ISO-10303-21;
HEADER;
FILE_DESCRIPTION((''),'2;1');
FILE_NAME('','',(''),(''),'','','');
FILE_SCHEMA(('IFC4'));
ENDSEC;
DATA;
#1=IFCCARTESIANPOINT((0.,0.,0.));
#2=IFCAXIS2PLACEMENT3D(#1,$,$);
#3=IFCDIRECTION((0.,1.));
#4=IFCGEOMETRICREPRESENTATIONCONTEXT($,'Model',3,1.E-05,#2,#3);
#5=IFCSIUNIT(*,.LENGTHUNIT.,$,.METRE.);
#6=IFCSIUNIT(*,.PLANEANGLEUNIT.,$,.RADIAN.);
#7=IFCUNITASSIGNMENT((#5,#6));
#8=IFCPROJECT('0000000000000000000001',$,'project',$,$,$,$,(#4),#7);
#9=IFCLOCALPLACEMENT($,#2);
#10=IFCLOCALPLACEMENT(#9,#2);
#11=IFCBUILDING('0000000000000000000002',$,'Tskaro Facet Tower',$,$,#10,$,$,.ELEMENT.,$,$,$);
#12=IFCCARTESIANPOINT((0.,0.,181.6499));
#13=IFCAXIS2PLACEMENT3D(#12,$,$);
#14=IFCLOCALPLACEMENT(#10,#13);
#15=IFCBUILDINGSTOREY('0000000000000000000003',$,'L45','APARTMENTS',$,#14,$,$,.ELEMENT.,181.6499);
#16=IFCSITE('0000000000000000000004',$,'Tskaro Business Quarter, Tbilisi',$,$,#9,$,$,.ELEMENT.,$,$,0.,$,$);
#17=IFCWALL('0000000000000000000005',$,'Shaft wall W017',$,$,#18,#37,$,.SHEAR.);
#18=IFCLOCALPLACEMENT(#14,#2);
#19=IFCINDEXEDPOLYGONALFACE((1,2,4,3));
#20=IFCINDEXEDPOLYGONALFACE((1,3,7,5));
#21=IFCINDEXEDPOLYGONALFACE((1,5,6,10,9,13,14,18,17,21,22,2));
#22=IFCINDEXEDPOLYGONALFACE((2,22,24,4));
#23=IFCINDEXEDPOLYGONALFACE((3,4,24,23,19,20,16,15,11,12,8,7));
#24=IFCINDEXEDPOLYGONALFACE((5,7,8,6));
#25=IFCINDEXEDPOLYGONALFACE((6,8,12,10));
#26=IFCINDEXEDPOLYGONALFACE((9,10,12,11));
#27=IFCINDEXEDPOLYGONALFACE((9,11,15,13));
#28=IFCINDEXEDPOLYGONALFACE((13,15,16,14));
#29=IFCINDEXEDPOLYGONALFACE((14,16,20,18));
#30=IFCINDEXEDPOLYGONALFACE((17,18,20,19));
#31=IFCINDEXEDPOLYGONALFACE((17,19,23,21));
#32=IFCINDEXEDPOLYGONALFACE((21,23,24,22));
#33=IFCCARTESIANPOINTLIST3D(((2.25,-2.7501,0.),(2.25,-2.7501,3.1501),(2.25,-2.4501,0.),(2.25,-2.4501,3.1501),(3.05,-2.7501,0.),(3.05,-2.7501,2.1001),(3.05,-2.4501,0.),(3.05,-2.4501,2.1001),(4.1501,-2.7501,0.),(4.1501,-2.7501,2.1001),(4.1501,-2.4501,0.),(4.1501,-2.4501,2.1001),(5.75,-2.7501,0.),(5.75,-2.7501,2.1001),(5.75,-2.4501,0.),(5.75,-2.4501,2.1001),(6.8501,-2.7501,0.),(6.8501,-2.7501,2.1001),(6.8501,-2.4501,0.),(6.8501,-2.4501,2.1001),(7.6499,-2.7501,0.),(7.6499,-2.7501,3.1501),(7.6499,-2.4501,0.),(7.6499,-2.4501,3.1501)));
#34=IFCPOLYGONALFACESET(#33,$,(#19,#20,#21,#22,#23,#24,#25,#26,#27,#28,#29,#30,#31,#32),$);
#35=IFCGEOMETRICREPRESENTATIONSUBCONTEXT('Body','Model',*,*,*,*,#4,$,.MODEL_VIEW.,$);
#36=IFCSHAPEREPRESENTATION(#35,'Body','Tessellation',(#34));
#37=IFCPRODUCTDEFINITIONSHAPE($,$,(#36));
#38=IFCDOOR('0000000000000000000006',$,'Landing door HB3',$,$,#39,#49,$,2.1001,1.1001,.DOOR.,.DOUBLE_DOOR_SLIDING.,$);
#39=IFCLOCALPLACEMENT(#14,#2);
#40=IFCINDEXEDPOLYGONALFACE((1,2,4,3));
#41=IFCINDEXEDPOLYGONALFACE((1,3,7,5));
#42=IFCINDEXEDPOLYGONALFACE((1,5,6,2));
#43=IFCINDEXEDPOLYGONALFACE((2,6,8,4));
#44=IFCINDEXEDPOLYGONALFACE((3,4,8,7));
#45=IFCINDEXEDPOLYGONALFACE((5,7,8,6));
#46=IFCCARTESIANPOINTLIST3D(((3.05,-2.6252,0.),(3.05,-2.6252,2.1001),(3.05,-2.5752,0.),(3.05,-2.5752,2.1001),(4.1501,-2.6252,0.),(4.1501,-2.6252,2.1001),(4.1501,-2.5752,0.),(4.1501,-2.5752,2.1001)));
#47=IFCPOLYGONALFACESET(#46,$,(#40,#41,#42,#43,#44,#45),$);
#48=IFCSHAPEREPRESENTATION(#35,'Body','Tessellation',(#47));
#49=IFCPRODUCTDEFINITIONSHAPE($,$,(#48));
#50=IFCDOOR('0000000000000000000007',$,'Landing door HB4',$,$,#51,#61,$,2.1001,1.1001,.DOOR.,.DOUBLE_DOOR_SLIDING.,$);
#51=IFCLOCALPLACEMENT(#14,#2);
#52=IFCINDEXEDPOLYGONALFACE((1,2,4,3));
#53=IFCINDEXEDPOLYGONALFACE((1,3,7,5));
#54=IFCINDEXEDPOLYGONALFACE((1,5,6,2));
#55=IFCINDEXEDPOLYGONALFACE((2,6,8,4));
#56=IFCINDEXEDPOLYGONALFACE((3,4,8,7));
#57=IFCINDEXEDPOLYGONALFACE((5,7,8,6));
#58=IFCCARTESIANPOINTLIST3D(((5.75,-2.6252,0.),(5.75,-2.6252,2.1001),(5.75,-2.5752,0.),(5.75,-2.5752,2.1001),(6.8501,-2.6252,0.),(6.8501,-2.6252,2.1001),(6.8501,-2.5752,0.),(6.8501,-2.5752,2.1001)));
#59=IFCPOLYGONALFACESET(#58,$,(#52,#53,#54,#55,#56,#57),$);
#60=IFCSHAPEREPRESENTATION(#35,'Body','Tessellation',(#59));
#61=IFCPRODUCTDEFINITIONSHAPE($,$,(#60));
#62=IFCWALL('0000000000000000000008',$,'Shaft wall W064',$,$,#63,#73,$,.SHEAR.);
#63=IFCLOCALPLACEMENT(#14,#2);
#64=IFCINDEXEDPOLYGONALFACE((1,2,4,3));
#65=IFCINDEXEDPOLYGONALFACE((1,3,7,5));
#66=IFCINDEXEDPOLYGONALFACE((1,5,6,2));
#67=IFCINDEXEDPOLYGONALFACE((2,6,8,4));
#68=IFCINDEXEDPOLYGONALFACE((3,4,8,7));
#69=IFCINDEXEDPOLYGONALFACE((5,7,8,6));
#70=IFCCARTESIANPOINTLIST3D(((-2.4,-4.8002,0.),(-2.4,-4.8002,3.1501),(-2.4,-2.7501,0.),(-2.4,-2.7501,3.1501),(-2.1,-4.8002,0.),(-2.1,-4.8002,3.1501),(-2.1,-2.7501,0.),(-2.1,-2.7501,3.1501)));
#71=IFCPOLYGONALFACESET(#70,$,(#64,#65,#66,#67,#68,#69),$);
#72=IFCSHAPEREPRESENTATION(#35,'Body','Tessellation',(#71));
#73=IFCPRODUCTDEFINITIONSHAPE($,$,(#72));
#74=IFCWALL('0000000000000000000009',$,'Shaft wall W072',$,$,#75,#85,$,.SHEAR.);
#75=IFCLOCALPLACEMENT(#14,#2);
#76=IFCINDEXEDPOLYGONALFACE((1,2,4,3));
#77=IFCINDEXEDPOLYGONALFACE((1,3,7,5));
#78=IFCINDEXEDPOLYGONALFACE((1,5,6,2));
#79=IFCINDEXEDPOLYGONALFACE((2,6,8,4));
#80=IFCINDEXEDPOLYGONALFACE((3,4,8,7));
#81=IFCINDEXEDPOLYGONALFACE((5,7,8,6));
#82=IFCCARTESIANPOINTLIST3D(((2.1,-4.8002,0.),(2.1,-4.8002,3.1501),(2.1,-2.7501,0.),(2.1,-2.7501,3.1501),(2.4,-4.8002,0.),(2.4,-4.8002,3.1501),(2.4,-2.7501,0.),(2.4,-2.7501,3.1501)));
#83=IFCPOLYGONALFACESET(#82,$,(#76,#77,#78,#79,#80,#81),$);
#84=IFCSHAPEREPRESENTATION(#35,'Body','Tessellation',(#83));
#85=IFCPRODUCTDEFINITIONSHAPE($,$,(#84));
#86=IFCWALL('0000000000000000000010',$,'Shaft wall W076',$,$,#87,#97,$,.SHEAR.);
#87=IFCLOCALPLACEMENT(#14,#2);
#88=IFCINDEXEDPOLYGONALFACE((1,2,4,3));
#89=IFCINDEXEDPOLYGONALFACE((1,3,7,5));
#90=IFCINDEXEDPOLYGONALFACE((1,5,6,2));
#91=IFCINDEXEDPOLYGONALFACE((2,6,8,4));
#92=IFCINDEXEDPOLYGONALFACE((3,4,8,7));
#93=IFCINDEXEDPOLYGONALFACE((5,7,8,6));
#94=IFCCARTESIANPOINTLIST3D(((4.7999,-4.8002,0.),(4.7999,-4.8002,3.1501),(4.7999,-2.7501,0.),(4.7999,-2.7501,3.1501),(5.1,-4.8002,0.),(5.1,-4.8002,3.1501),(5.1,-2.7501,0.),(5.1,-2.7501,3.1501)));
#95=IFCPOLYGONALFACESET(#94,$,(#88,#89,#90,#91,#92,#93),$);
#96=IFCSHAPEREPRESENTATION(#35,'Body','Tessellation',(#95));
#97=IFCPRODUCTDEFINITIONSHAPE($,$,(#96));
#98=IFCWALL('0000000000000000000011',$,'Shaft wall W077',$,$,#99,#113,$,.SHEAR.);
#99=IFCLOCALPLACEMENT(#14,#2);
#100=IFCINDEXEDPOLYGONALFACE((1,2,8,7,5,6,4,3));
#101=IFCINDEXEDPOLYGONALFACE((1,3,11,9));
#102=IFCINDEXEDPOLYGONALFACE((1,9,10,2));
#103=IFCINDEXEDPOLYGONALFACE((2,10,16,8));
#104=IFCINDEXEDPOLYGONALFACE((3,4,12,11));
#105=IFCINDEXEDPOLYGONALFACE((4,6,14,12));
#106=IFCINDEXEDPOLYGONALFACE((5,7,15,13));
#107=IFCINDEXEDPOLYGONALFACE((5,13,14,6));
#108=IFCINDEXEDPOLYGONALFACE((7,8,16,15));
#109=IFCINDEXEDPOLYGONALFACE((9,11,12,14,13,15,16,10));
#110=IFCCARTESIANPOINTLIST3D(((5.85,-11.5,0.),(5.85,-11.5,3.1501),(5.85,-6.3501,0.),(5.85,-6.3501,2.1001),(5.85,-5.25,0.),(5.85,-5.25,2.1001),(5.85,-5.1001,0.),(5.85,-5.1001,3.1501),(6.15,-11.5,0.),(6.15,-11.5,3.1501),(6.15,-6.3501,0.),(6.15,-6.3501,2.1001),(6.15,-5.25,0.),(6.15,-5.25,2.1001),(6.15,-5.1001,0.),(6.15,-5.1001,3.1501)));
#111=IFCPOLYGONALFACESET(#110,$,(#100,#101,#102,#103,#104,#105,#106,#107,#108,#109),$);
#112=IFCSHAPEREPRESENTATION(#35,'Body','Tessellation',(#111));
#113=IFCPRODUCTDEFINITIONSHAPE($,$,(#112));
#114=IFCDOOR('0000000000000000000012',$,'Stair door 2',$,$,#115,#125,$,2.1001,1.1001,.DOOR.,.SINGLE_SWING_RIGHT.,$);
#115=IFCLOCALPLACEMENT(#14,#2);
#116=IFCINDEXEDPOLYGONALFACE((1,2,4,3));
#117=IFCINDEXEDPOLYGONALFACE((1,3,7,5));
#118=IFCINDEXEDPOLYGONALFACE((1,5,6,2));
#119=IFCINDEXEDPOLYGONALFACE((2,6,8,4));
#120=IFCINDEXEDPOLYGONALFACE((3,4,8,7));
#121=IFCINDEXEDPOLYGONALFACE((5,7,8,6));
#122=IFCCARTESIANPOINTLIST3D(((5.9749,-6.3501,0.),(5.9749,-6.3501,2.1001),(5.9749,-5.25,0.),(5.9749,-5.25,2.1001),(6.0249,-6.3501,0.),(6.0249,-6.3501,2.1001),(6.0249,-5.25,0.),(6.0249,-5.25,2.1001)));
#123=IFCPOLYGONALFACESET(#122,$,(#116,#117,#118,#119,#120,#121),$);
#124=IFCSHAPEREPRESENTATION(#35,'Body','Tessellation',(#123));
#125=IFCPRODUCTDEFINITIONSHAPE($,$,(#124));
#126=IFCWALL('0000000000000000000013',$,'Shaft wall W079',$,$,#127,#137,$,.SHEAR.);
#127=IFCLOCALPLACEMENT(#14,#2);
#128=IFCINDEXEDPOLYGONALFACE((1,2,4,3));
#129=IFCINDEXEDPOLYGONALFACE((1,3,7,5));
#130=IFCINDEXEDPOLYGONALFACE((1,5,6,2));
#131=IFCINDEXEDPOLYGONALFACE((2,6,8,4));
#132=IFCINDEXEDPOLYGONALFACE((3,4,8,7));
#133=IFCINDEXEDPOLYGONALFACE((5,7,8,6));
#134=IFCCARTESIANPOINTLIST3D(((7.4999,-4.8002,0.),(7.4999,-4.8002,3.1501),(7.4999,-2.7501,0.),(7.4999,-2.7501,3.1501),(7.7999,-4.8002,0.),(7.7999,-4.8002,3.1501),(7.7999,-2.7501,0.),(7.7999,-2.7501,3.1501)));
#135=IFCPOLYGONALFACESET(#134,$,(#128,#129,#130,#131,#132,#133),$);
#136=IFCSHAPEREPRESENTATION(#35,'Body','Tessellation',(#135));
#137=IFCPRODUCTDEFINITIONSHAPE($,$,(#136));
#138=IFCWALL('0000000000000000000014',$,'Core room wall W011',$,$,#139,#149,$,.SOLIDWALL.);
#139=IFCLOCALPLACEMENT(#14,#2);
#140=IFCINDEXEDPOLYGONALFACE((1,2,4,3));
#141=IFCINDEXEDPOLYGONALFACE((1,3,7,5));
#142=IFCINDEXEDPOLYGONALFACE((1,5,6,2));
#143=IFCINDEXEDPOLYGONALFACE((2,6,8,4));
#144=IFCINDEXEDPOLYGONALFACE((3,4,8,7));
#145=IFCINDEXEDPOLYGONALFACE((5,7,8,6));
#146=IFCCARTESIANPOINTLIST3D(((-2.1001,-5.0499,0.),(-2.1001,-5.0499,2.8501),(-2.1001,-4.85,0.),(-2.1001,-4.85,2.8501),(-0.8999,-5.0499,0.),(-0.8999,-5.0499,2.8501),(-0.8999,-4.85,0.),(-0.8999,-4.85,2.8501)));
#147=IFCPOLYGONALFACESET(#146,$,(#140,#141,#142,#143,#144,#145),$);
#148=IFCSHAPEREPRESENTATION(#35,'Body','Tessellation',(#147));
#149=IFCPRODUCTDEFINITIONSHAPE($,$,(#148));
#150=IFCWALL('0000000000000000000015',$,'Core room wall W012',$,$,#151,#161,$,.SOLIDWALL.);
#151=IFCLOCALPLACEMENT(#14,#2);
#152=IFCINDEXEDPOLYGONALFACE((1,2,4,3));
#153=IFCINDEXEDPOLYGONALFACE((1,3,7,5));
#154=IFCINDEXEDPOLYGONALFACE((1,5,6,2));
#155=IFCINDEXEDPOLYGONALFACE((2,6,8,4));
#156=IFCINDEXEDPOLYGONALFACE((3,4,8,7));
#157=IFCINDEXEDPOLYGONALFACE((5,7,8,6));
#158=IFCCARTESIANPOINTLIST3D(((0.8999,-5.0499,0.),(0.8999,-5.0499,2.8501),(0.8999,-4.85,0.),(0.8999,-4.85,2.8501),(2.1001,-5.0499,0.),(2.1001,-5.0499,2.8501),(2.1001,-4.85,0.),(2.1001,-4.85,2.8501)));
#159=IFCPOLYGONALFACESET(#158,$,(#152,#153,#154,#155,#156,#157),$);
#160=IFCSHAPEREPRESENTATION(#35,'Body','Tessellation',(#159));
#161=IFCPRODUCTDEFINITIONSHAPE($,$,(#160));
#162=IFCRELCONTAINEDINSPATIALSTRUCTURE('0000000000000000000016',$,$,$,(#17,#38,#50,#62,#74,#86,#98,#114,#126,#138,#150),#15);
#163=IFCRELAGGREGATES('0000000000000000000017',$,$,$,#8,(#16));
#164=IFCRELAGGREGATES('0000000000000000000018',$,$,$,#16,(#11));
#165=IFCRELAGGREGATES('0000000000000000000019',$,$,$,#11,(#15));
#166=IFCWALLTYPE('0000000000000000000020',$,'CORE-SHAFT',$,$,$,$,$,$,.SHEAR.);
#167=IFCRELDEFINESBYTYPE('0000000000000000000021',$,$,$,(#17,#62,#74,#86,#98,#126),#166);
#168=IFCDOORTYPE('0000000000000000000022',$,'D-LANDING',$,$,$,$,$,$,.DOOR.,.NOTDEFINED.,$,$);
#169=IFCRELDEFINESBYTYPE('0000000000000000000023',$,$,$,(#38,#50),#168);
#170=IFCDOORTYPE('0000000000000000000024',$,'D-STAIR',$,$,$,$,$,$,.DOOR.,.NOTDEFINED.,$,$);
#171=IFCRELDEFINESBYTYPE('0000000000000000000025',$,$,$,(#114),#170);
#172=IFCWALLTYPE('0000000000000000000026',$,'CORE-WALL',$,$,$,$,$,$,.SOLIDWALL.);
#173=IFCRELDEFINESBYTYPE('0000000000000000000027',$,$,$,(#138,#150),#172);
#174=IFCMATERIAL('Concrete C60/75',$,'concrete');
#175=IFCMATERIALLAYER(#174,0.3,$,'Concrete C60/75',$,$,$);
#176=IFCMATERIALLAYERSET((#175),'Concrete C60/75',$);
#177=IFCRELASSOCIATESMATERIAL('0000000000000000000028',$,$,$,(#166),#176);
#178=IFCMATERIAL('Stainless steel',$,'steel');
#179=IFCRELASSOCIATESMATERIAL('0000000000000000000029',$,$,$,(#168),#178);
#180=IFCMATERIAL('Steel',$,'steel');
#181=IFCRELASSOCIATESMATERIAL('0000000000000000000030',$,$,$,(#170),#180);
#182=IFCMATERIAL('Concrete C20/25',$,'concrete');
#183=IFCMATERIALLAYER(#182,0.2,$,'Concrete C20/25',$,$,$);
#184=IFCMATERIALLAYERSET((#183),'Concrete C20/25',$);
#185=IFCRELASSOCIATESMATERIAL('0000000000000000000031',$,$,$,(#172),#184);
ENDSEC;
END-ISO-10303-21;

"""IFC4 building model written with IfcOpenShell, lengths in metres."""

from ifc_helpers import new_model, si_unit, direction, frame, frame_2d, origin, place, context, subcontext, project, spatial, rectangle, extrude, material, layer, layer_set, type_object, element, fill, save


model = new_model("IFC4")

# Units and contexts
model_context = context("Model", 3, precision=1e-05, world=origin(), true_north=direction((0.0, 1.0)))
body_context = subcontext(model_context, "Body", "Model", "MODEL_VIEW")
ifc_project = project(units=[si_unit("LENGTHUNIT", "METRE"), si_unit("PLANEANGLEUNIT", "RADIAN")], contexts=[model_context])

# Site, building, storey
site_placement = place(None, origin())
site = spatial("IfcSite", under=ifc_project, at=site_placement, Name="Tskaro Business Quarter, Tbilisi", CompositionType="ELEMENT", RefElevation=0.0)
building_placement = place(site_placement, origin())
building = spatial("IfcBuilding", under=site, at=building_placement, Name="Tskaro Facet Tower", CompositionType="ELEMENT")
storey_placement = place(building_placement, frame((0.0, 0.0, 181.6499)))
storey = spatial("IfcBuildingStorey", under=building, at=storey_placement, Name="L45", Description="APARTMENTS", CompositionType="ELEMENT", Elevation=181.6499)

# Shared definitions
ifc_material_1 = material(Name="Concrete C60/75", Category="concrete")

# Shared definitions
ifc_layer_1 = layer(ifc_material_1, 0.3, Name="Concrete C60/75")
ifc_layer_set_1 = layer_set([ifc_layer_1], Name="Concrete C60/75")
wall_type_1 = type_object("IfcWallType", Name="CORE-SHAFT", PredefinedType="SHEAR", material=ifc_layer_set_1)

# Wall, openings, doors
wall_1_placement = place(storey_placement, frame((2.25, -2.6001, 0.0), z_axis=(0.0, 0.0, 1.0), x_axis=(1.0, 0.0, 0.0)))
wall_1 = element("IfcWall", 1, at=wall_1_placement, inside=storey, type_object=wall_type_1, Name="Shaft wall W017", PredefinedType="SHEAR", context=body_context, shape_type="SweptSolid", body=[
    extrude(rectangle(XDim=5.3999, YDim=0.3, at=frame_2d((2.7, 0.0))), origin(), (0.0, 0.0, 1.0), 3.1501),
])
opening_1_placement = place(wall_1_placement, frame((0.8, 0.0, 0.0)))
opening_1 = element("IfcOpeningElement", 2, at=opening_1_placement, cuts=wall_1, PredefinedType="OPENING", context=body_context, shape_type="SweptSolid", body=[
    extrude(rectangle(XDim=1.1001, YDim=2.1001, at=frame_2d((0.55, 1.05))), frame((0.0, 0.1599, 0.0), z_axis=(0.0, -1.0, 0.0), x_axis=(1.0, 0.0, 0.0)), (0.0, 0.0, 1.0), 0.3201),
])
opening_2_placement = place(wall_1_placement, frame((3.5, 0.0, 0.0)))
opening_2 = element("IfcOpeningElement", 3, at=opening_2_placement, cuts=wall_1, PredefinedType="OPENING", context=body_context, shape_type="SweptSolid", body=[
    extrude(rectangle(XDim=1.1001, YDim=2.1001, at=frame_2d((0.55, 1.05))), frame((0.0, 0.1599, 0.0), z_axis=(0.0, -1.0, 0.0), x_axis=(1.0, 0.0, 0.0)), (0.0, 0.0, 1.0), 0.3201),
])
ifc_material_2 = material(Name="Stainless steel", Category="steel")
door_type_1 = type_object("IfcDoorType", Name="D-LANDING", OperationType="NOTDEFINED", PredefinedType="DOOR", material=ifc_material_2)
door_1_placement = place(opening_1_placement, origin())
door_1 = element("IfcDoor", 4, at=door_1_placement, inside=storey, type_object=door_type_1, Name="Landing door HB3", OperationType="DOUBLE_DOOR_SLIDING", OverallHeight=2.1001, OverallWidth=1.1001, PredefinedType="DOOR", context=body_context, shape_type="SweptSolid", body=[
    extrude(rectangle(XDim=1.1001, YDim=2.1001, at=frame_2d((0.55, 1.05))), frame((0.0, 0.0249, 0.0), z_axis=(0.0, -1.0, 0.0), x_axis=(1.0, 0.0, 0.0)), (0.0, 0.0, 1.0), 0.05),
])
fill(opening_1, door_1)
door_2_placement = place(opening_2_placement, origin())
door_2 = element("IfcDoor", 5, at=door_2_placement, inside=storey, type_object=door_type_1, Name="Landing door HB4", OperationType="DOUBLE_DOOR_SLIDING", OverallHeight=2.1001, OverallWidth=1.1001, PredefinedType="DOOR", context=body_context, shape_type="SweptSolid", body=[
    extrude(rectangle(XDim=1.1001, YDim=2.1001, at=frame_2d((0.55, 1.05))), frame((0.0, 0.0249, 0.0), z_axis=(0.0, -1.0, 0.0), x_axis=(1.0, 0.0, 0.0)), (0.0, 0.0, 1.0), 0.05),
])
fill(opening_2, door_2)

# Walls
for number, where, z_axis, x_axis, name in (
    (6, (-2.25, -4.8, 0.0), (0.0, 0.0, 1.0), (0.0, 1.0, 0.0), "Shaft wall W064"),
    (7, (2.25, -4.8, 0.0), (0.0, 0.0, 1.0), (0.0, 1.0, 0.0), "Shaft wall W072"),
    (8, (4.95, -4.8, 0.0), (0.0, 0.0, 1.0), (0.0, 1.0, 0.0), "Shaft wall W076"),
):
    element("IfcWall", number, at=place(storey_placement, frame(where, z_axis=z_axis, x_axis=x_axis)), inside=storey, type_object=wall_type_1, Name=name, PredefinedType="SHEAR", context=body_context, shape_type="SweptSolid", body=[
        extrude(rectangle(XDim=2.05, YDim=0.3, at=frame_2d((1.0249, 0.0))), origin(), (0.0, 0.0, 1.0), 3.1501),
    ])

# Wall, opening, door
wall_2_placement = place(storey_placement, frame((6.0, -5.1001, 0.0), z_axis=(0.0, 0.0, 1.0), x_axis=(0.0, -1.0, 0.0)))
wall_2 = element("IfcWall", 9, at=wall_2_placement, inside=storey, type_object=wall_type_1, Name="Shaft wall W077", PredefinedType="SHEAR", context=body_context, shape_type="SweptSolid", body=[
    extrude(rectangle(XDim=6.3999, YDim=0.3, at=frame_2d((3.2, 0.0))), origin(), (0.0, 0.0, 1.0), 3.1501),
])
opening_3_placement = place(wall_2_placement, frame((0.1499, 0.0, 0.0)))
opening_3 = element("IfcOpeningElement", 10, at=opening_3_placement, cuts=wall_2, PredefinedType="OPENING", context=body_context, shape_type="SweptSolid", body=[
    extrude(rectangle(XDim=1.1001, YDim=2.1001, at=frame_2d((0.55, 1.05))), frame((0.0, 0.1599, 0.0), z_axis=(0.0, -1.0, 0.0), x_axis=(1.0, 0.0, 0.0)), (0.0, 0.0, 1.0), 0.3201),
])
ifc_material_3 = material(Name="Steel", Category="steel")
door_type_2 = type_object("IfcDoorType", Name="D-STAIR", OperationType="NOTDEFINED", PredefinedType="DOOR", material=ifc_material_3)
door_3_placement = place(opening_3_placement, origin())
door_3 = element("IfcDoor", 11, at=door_3_placement, inside=storey, type_object=door_type_2, Name="Stair door 2", OperationType="SINGLE_SWING_RIGHT", OverallHeight=2.1001, OverallWidth=1.1001, PredefinedType="DOOR", context=body_context, shape_type="SweptSolid", body=[
    extrude(rectangle(XDim=1.1001, YDim=2.1001, at=frame_2d((0.55, 1.05))), frame((0.0, 0.0249, 0.0), z_axis=(0.0, -1.0, 0.0), x_axis=(1.0, 0.0, 0.0)), (0.0, 0.0, 1.0), 0.05),
])
fill(opening_3, door_3)

# Walls
wall_3_placement = place(storey_placement, frame((7.6499, -4.8, 0.0), z_axis=(0.0, 0.0, 1.0), x_axis=(0.0, 1.0, 0.0)))
element("IfcWall", 12, at=wall_3_placement, inside=storey, type_object=wall_type_1, Name="Shaft wall W079", PredefinedType="SHEAR", context=body_context, shape_type="SweptSolid", body=[
    extrude(rectangle(XDim=2.05, YDim=0.3, at=frame_2d((1.0249, 0.0))), origin(), (0.0, 0.0, 1.0), 3.1501),
])
ifc_material_4 = material(Name="Concrete C20/25", Category="concrete")
ifc_layer_2 = layer(ifc_material_4, 0.2, Name="Concrete C20/25")
ifc_layer_set_2 = layer_set([ifc_layer_2], Name="Concrete C20/25")
wall_type_2 = type_object("IfcWallType", Name="CORE-WALL", PredefinedType="SOLIDWALL", material=ifc_layer_set_2)
for number, where, z_axis, x_axis, name in (
    (13, (-2.1001, -4.95, 0.0), (0.0, 0.0, 1.0), (1.0, 0.0, 0.0), "Core room wall W011"),
    (14, (0.8999, -4.95, 0.0), (0.0, 0.0, 1.0), (1.0, 0.0, 0.0), "Core room wall W012"),
):
    element("IfcWall", number, at=place(storey_placement, frame(where, z_axis=z_axis, x_axis=x_axis)), inside=storey, type_object=wall_type_2, Name=name, PredefinedType="SOLIDWALL", context=body_context, shape_type="SweptSolid", body=[
        extrude(rectangle(XDim=1.2002, YDim=0.2, at=frame_2d((0.6001, 0.0))), origin(), (0.0, 0.0, 1.0), 2.8501),
    ])

save(model, "model.ifc")
